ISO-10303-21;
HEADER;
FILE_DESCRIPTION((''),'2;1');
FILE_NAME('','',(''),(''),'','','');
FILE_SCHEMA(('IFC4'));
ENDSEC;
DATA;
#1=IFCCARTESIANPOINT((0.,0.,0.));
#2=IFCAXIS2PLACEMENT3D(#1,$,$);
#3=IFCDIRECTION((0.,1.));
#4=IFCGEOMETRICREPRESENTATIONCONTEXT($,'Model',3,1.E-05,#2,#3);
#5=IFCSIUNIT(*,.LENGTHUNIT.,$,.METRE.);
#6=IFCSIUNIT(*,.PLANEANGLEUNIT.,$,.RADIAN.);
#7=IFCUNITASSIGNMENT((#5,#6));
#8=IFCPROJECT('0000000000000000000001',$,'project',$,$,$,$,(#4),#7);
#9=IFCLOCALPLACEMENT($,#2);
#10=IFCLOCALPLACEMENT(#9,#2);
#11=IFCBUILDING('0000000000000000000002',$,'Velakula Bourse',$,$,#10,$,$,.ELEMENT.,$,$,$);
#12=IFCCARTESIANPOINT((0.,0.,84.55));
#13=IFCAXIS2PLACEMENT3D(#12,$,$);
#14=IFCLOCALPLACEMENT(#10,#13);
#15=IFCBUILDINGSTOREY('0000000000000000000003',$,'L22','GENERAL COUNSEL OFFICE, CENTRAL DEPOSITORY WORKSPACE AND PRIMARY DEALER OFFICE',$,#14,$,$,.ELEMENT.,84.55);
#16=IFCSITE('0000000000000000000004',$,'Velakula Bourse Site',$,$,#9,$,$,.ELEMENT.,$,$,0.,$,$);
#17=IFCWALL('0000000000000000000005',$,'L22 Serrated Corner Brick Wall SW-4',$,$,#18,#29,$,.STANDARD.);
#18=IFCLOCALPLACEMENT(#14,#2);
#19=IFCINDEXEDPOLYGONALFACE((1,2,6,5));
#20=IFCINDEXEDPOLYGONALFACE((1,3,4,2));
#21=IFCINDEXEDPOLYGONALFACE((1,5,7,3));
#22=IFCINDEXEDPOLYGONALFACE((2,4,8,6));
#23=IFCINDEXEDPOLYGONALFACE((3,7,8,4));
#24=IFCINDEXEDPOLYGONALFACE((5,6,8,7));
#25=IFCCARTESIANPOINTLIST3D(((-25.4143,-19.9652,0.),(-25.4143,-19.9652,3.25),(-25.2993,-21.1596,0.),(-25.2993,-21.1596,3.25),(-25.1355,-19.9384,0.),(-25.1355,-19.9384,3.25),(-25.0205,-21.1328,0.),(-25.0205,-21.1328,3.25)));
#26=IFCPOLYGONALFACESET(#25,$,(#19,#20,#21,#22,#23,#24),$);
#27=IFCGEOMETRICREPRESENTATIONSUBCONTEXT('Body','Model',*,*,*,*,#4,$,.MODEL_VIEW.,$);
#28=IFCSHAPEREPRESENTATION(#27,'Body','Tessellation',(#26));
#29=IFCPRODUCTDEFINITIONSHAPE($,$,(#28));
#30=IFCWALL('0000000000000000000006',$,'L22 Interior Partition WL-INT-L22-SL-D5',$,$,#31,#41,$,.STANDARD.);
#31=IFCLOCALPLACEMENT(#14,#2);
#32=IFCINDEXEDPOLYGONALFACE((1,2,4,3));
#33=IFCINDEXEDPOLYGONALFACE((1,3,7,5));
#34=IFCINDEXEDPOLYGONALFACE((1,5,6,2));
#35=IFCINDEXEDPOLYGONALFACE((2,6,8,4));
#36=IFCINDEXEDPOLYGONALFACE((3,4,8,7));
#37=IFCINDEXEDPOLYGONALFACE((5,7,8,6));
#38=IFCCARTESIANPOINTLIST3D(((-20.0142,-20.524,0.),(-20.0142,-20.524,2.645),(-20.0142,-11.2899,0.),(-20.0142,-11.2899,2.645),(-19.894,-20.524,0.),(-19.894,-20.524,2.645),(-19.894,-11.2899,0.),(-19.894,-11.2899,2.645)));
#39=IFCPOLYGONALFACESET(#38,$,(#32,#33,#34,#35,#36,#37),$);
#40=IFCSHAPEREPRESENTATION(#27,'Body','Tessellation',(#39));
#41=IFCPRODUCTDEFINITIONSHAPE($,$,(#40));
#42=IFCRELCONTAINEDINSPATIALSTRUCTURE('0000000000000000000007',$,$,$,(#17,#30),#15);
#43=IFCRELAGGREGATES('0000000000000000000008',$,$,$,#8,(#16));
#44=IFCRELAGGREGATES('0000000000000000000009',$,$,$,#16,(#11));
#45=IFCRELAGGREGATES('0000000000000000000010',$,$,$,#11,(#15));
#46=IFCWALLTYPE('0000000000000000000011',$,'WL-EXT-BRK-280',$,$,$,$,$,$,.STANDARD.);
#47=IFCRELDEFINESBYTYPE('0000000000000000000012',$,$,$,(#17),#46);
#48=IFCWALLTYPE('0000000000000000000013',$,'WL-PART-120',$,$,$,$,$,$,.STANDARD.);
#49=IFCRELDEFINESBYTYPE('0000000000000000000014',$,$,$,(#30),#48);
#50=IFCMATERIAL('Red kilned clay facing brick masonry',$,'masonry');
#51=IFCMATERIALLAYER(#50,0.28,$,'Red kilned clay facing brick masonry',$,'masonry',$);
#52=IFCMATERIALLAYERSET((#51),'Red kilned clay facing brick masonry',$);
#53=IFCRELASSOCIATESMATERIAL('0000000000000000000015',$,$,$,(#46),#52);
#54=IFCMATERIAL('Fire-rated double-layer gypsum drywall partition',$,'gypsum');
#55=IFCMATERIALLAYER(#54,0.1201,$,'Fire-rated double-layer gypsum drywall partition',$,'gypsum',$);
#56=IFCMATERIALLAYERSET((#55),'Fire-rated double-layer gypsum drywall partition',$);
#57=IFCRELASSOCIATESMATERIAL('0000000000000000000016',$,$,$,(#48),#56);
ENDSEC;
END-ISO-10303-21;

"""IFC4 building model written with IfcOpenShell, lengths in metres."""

from ifc_helpers import new_model, si_unit, direction, frame, frame_2d, origin, place, context, subcontext, project, spatial, rectangle, extrude, material, layer, layer_set, type_object, element, save


model = new_model("IFC4")

# Units and contexts
model_context = context("Model", 3, precision=1e-05, world=origin(), true_north=direction((0.0, 1.0)))
body_context = subcontext(model_context, "Body", "Model", "MODEL_VIEW")
ifc_project = project(units=[si_unit("LENGTHUNIT", "METRE"), si_unit("PLANEANGLEUNIT", "RADIAN")], contexts=[model_context])

# Site, building, storey
site_placement = place(None, origin())
site = spatial("IfcSite", under=ifc_project, at=site_placement, Name="Velakula Bourse Site", CompositionType="ELEMENT", RefElevation=0.0)
building_placement = place(site_placement, origin())
building = spatial("IfcBuilding", under=site, at=building_placement, Name="Velakula Bourse", CompositionType="ELEMENT")
storey_placement = place(building_placement, frame((0.0, 0.0, 84.55)))
storey = spatial("IfcBuildingStorey", under=building, at=storey_placement, Name="L22", Description="GENERAL COUNSEL OFFICE, CENTRAL DEPOSITORY WORKSPACE AND PRIMARY DEALER OFFICE", CompositionType="ELEMENT", Elevation=84.55)

# Shared definitions
ifc_material_1 = material(Name="Red kilned clay facing brick masonry", Category="masonry")
ifc_layer_1 = layer(ifc_material_1, 0.28, Name="Red kilned clay facing brick masonry", Category="masonry")
ifc_layer_set_1 = layer_set([ifc_layer_1], Name="Red kilned clay facing brick masonry")
wall_type_1 = type_object("IfcWallType", Name="WL-EXT-BRK-280", PredefinedType="STANDARD", material=ifc_layer_set_1)

# Walls
wall_1_placement = place(storey_placement, frame((-25.2749, -19.9517, 0.0), z_axis=(0.0, 0.0, 1.0), x_axis=(0.095836, -0.995397, 0.0)))
element("IfcWall", 1, at=wall_1_placement, inside=storey, type_object=wall_type_1, Name="L22 Serrated Corner Brick Wall SW-4", PredefinedType="STANDARD", context=body_context, shape_type="SweptSolid", body=[
    extrude(rectangle(XDim=1.2, YDim=0.28, at=frame_2d((0.6001, 0.0))), origin(), (0.0, 0.0, 1.0), 3.25),
])
ifc_material_2 = material(Name="Fire-rated double-layer gypsum drywall partition", Category="gypsum")
ifc_layer_2 = layer(ifc_material_2, 0.1201, Name="Fire-rated double-layer gypsum drywall partition", Category="gypsum")
ifc_layer_set_2 = layer_set([ifc_layer_2], Name="Fire-rated double-layer gypsum drywall partition")
wall_type_2 = type_object("IfcWallType", Name="WL-PART-120", PredefinedType="STANDARD", material=ifc_layer_set_2)
wall_2_placement = place(storey_placement, frame((-19.9541, -20.5242, 0.0), z_axis=(0.0, 0.0, 1.0), x_axis=(0.0, 1.0, 0.0)))
element("IfcWall", 2, at=wall_2_placement, inside=storey, type_object=wall_type_2, Name="L22 Interior Partition WL-INT-L22-SL-D5", PredefinedType="STANDARD", context=body_context, shape_type="SweptSolid", body=[
    extrude(rectangle(XDim=9.2341, YDim=0.1201, at=frame_2d((4.6172, 0.0))), origin(), (0.0, 0.0, 1.0), 2.645),
])

save(model, "model.ifc")
